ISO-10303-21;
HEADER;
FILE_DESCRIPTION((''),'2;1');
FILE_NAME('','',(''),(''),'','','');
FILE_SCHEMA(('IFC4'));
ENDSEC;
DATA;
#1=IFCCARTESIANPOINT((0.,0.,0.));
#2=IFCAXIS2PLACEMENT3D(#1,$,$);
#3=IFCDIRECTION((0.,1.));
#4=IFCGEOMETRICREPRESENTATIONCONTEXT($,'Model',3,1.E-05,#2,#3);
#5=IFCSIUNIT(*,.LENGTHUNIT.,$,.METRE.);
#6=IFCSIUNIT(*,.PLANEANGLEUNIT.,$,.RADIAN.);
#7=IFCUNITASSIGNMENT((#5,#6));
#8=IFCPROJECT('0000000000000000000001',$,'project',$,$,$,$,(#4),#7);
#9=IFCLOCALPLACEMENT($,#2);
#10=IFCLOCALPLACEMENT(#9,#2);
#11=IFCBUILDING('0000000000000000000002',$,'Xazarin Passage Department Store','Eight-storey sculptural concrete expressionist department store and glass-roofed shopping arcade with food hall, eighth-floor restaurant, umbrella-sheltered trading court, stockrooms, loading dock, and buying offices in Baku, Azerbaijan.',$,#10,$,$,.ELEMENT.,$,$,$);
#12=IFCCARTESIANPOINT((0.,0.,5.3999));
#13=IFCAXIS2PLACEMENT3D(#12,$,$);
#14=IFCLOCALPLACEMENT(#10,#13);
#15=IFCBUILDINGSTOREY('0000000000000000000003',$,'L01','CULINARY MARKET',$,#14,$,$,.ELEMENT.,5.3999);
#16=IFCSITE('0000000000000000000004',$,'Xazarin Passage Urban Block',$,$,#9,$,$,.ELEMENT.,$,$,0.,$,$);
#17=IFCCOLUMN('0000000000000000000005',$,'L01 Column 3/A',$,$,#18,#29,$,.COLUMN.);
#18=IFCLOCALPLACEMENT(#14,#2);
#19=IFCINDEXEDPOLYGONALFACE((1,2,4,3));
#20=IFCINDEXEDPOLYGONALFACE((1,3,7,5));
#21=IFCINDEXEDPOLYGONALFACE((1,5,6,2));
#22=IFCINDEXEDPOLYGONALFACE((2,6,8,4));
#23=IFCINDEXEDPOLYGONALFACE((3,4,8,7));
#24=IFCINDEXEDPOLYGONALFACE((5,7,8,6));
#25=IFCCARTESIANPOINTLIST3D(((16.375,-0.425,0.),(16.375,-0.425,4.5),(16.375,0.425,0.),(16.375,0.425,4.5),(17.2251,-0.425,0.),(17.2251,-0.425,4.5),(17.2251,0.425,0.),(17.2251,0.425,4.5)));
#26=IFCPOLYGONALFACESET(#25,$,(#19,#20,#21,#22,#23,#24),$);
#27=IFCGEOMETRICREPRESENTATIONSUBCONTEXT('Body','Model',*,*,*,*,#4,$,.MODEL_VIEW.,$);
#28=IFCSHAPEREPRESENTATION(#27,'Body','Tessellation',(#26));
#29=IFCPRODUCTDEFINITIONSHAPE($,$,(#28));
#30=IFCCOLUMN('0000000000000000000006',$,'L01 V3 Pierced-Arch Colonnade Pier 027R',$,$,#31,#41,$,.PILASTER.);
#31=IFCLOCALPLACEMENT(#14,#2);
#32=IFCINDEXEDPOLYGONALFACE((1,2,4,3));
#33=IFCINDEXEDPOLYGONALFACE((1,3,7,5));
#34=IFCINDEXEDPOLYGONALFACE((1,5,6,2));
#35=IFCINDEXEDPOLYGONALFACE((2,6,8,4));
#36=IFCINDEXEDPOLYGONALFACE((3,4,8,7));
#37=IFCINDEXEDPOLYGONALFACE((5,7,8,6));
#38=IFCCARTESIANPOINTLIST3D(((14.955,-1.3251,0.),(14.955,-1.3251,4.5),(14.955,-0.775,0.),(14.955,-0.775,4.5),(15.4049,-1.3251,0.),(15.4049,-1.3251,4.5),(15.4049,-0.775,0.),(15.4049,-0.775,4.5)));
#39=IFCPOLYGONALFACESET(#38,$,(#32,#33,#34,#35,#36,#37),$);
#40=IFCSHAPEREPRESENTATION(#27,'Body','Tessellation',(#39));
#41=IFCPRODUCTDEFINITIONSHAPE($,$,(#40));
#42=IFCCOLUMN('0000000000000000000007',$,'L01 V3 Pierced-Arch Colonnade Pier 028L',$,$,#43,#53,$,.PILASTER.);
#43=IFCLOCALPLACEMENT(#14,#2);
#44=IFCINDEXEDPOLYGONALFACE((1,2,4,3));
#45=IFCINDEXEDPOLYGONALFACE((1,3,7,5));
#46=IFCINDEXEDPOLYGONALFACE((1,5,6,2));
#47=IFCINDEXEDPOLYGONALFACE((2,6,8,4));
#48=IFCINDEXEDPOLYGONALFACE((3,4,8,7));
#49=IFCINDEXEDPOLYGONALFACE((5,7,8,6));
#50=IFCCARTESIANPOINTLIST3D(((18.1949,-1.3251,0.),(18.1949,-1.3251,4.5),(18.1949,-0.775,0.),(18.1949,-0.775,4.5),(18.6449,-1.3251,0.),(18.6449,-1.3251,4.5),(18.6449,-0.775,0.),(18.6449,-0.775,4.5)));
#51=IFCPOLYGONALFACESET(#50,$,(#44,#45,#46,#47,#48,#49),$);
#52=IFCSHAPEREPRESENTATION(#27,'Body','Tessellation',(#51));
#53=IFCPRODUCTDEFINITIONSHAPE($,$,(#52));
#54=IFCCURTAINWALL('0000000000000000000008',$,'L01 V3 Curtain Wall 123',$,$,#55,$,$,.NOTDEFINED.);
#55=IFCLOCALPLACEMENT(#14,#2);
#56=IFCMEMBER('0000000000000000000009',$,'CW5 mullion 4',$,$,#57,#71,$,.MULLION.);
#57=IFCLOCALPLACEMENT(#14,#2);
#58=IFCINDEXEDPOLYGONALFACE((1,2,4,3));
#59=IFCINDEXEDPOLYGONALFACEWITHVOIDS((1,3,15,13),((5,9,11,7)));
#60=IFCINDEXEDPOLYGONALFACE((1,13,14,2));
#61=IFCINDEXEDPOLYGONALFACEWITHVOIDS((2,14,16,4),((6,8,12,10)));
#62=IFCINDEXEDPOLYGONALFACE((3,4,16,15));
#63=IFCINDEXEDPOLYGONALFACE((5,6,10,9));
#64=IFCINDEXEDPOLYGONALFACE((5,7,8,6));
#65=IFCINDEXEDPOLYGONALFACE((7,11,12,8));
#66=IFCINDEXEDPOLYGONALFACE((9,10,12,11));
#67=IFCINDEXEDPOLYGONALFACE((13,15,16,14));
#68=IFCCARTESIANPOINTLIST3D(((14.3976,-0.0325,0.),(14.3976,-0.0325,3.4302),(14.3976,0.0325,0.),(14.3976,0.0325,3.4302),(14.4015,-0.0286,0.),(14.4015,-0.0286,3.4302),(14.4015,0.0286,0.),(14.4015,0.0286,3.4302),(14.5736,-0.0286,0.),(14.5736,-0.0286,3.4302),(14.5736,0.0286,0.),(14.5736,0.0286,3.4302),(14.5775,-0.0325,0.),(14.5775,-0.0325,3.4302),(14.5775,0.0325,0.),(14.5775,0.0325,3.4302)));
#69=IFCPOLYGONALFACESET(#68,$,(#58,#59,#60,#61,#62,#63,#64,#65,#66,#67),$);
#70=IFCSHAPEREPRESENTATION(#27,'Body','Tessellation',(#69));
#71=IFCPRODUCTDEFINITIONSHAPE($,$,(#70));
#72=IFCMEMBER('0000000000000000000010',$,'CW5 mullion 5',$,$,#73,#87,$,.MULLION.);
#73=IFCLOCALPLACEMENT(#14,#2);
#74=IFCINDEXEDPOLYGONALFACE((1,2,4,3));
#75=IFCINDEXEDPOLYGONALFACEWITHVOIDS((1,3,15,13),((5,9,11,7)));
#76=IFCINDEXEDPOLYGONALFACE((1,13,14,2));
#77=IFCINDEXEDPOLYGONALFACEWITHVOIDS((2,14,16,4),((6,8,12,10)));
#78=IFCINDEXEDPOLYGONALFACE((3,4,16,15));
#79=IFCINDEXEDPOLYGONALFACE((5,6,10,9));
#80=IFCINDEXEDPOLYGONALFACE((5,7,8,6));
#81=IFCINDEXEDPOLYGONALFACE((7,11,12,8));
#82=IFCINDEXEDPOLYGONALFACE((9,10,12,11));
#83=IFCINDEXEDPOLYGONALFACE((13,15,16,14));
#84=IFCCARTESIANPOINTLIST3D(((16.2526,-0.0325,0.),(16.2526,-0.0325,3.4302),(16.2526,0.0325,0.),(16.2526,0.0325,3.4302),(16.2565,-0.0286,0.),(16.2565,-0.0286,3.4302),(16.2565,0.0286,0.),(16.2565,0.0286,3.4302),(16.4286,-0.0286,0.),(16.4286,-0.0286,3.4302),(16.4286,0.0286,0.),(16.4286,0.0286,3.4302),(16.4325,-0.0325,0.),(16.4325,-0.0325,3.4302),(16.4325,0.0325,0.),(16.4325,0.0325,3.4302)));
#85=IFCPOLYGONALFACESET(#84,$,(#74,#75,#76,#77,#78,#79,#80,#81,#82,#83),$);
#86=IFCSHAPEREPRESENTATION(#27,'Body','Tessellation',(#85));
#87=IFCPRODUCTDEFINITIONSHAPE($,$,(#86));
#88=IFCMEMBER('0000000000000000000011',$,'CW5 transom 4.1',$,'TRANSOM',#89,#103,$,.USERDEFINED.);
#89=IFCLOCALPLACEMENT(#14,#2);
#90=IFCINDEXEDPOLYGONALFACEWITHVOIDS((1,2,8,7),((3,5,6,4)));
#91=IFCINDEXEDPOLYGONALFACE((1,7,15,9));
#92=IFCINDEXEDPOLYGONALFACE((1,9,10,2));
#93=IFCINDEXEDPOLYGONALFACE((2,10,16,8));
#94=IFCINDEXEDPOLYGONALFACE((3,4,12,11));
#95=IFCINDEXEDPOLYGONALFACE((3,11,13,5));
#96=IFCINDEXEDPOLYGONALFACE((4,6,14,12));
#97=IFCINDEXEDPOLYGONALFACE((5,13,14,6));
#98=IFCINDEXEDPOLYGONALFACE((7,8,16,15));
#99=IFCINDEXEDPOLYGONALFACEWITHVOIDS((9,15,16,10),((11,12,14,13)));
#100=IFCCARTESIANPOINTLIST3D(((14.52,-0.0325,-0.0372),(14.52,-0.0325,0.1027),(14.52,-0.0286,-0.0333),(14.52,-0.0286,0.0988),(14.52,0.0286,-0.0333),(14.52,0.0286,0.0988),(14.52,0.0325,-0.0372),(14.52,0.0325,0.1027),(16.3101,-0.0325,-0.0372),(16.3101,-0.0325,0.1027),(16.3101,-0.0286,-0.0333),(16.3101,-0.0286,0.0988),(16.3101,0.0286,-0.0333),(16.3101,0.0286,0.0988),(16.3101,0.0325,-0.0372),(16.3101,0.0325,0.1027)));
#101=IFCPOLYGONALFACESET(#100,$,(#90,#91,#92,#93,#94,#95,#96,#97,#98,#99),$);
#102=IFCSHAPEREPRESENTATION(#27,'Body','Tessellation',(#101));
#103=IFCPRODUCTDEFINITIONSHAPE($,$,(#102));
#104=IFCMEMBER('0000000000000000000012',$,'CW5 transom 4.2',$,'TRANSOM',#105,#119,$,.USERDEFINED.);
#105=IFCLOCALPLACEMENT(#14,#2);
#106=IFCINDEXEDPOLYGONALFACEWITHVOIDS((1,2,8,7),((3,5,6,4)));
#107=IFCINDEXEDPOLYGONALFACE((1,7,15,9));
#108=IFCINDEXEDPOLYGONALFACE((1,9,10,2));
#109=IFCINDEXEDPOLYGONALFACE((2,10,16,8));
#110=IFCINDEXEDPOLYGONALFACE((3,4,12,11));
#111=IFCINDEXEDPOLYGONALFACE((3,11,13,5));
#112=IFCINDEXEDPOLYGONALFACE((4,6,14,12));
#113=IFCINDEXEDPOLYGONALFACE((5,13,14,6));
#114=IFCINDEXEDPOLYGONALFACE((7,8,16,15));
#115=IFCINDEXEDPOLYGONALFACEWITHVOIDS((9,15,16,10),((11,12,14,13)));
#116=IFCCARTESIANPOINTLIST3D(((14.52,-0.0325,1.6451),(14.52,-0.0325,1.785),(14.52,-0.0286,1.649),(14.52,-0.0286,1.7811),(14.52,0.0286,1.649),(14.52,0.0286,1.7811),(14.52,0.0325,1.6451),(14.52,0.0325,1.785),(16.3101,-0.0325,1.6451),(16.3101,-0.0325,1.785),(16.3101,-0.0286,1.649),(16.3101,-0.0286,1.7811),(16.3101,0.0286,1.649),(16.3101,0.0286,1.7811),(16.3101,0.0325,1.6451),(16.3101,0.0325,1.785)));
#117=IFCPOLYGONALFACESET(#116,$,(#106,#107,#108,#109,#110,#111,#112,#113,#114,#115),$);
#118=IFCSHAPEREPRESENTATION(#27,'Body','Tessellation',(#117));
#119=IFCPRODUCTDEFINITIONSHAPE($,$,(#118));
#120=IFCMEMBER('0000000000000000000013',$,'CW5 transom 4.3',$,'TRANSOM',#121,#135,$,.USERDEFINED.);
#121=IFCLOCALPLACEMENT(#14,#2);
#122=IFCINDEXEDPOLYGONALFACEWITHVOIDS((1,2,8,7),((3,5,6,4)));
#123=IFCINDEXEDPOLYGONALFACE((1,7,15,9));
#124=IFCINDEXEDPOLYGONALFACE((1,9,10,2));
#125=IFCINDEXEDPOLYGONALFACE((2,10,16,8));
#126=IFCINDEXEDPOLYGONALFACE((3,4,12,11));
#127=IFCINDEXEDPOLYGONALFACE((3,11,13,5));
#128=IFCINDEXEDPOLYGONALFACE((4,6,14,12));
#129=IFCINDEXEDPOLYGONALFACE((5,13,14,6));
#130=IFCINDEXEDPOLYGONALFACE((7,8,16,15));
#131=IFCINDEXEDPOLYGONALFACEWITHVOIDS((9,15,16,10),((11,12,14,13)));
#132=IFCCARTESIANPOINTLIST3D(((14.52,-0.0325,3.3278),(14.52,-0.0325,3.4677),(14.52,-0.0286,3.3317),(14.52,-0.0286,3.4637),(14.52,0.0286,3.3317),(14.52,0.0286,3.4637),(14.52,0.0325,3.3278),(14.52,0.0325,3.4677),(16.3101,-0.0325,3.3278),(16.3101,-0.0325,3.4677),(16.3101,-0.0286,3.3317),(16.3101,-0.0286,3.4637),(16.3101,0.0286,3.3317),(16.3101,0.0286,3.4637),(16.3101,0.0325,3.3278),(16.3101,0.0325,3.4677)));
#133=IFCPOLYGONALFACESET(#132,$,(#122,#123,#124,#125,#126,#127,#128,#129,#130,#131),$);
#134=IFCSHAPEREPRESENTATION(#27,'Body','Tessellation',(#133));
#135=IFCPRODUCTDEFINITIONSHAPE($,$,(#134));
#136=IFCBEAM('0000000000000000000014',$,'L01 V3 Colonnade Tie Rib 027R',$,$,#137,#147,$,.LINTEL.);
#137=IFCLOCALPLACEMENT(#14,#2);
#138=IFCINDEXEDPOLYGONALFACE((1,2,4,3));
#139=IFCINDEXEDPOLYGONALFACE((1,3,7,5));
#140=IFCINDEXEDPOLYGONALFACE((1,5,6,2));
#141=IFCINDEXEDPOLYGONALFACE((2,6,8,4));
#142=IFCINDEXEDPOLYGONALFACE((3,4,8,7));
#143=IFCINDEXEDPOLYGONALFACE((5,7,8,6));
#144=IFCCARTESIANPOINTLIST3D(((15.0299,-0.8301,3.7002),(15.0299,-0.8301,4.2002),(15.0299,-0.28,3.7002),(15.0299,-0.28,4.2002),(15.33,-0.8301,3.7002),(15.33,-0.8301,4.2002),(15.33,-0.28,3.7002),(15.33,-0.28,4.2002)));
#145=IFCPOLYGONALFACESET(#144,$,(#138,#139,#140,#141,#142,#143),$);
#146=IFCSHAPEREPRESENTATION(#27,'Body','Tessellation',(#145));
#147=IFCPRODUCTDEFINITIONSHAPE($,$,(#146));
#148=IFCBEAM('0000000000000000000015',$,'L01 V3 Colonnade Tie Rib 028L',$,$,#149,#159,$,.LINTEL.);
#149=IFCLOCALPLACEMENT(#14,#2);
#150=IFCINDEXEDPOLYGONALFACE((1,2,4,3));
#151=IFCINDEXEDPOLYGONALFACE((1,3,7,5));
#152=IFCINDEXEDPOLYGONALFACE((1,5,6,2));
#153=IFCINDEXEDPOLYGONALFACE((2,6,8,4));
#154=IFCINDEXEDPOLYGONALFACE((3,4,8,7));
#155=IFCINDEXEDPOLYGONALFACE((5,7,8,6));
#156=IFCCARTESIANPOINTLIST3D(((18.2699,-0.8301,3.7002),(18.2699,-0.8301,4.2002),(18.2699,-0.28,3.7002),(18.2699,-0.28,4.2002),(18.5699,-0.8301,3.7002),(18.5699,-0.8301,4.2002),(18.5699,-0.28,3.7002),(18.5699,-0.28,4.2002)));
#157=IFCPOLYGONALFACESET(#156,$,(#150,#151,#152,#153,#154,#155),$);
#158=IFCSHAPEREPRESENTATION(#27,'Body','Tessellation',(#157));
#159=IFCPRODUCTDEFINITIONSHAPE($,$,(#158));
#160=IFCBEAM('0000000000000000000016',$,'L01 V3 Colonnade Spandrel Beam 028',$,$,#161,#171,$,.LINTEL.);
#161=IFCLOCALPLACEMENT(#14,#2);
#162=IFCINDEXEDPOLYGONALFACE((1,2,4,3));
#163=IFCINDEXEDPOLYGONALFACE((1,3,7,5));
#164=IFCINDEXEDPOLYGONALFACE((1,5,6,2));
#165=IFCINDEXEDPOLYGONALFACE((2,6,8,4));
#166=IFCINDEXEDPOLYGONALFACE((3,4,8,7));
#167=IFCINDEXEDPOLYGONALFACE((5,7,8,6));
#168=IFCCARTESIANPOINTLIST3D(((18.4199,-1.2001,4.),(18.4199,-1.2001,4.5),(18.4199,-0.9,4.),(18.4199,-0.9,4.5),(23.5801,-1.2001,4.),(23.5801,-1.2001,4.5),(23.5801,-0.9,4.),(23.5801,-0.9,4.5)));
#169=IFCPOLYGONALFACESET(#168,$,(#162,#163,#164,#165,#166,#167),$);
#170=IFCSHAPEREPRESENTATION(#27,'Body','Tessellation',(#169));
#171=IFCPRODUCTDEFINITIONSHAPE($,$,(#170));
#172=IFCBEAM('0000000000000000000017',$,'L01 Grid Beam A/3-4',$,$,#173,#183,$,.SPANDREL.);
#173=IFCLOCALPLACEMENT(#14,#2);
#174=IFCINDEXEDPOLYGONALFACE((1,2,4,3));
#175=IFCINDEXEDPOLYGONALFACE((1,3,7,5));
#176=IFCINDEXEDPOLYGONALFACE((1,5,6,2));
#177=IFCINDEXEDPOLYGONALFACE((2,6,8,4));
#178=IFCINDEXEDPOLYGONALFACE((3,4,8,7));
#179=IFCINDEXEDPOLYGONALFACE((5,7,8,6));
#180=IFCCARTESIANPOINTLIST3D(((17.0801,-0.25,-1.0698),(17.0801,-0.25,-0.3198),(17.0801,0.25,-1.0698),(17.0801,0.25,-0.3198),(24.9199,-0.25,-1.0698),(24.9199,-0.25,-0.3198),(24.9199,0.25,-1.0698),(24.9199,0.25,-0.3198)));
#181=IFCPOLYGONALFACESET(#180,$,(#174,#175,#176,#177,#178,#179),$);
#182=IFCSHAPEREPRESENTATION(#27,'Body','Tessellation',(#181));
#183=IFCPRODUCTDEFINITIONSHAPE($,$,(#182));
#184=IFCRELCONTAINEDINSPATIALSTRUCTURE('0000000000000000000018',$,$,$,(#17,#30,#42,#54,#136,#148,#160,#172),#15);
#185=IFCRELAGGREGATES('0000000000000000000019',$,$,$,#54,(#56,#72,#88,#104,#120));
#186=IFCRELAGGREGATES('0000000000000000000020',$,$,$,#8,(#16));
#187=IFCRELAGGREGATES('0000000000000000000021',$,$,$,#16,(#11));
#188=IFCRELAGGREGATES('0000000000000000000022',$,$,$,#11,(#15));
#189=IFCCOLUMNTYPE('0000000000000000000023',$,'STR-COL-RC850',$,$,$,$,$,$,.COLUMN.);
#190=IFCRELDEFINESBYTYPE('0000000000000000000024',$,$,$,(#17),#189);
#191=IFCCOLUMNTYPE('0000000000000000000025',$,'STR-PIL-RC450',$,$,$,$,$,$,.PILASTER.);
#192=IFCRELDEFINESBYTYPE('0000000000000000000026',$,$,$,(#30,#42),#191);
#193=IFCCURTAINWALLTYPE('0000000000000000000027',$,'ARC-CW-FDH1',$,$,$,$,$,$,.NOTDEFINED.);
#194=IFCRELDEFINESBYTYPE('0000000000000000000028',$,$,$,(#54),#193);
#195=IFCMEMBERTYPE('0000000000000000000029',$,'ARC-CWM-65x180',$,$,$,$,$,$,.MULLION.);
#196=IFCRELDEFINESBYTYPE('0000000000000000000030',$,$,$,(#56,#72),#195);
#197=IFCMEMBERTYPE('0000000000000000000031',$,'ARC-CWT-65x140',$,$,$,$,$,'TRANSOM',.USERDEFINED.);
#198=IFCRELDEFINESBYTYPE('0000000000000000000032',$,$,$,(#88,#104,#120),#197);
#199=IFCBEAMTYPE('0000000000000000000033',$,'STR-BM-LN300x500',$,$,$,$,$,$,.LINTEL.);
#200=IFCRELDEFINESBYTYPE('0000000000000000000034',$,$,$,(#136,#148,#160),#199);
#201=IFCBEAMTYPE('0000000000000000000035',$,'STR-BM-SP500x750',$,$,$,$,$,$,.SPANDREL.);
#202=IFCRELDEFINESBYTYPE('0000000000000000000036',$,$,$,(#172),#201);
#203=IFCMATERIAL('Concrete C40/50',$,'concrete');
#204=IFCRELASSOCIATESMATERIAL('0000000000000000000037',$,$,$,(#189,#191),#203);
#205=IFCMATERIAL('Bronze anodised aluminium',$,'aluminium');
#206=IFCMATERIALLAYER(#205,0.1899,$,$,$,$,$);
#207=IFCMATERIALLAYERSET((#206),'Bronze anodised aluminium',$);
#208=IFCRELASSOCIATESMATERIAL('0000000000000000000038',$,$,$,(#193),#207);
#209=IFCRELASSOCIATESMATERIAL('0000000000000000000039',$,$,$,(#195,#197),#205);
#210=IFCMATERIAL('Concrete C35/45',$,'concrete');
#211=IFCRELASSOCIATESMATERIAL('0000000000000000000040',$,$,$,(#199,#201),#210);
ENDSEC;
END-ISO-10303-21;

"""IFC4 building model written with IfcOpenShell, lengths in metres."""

from ifc_helpers import new_model, si_unit, direction, frame, origin, origin_2d, place, context, subcontext, project, spatial, rectangle, hollow_rectangle, extrude, material, layer, layer_set, material_profile, profile_set, type_object, element, aggregate, save


model = new_model("IFC4")

# Units and contexts
model_context = context("Model", 3, precision=1e-05, world=origin(), true_north=direction((0.0, 1.0)))
body_context = subcontext(model_context, "Body", "Model", "MODEL_VIEW")
ifc_project = project(units=[si_unit("LENGTHUNIT", "METRE"), si_unit("PLANEANGLEUNIT", "RADIAN")], contexts=[model_context])

# Site, building, storey
site_placement = place(None, origin())
site = spatial("IfcSite", under=ifc_project, at=site_placement, Name="Xazarin Passage Urban Block", CompositionType="ELEMENT", RefElevation=0.0)
building_placement = place(site_placement, origin())
building = spatial("IfcBuilding", under=site, at=building_placement, Name="Xazarin Passage Department Store", Description="Eight-storey sculptural concrete expressionist department store and glass-roofed shopping arcade with food hall, eighth-floor restaurant, umbrella-sheltered trading court, stockrooms, loading dock, and buying offices in Baku, Azerbaijan.", CompositionType="ELEMENT")
storey_placement = place(building_placement, frame((0.0, 0.0, 5.3999)))
storey = spatial("IfcBuildingStorey", under=building, at=storey_placement, Name="L01", Description="CULINARY MARKET", CompositionType="ELEMENT", Elevation=5.3999)

# Columns
ifc_material_1 = material(Name="Concrete C40/50", Category="concrete")
ifc_material_profile_1 = material_profile(ifc_material_1, rectangle(XDim=0.8501, YDim=0.8501, at=origin_2d()), Name="RC 850x850")
ifc_profile_set_1 = profile_set([ifc_material_profile_1], Name="Concrete C40/50")
column_type_1 = type_object("IfcColumnType", Name="STR-COL-RC850", PredefinedType="COLUMN", material=ifc_profile_set_1)
column_placement = place(storey_placement, frame((16.8, 0.0, 0.0), z_axis=(0.0, 0.0, 1.0), x_axis=(1.0, 0.0, 0.0)))
element("IfcColumn", 1, at=column_placement, inside=storey, type_object=column_type_1, Name="L01 Column 3/A", PredefinedType="COLUMN", context=body_context, shape_type="SweptSolid", body=[
    extrude(rectangle(XDim=0.8501, YDim=0.8501, at=origin_2d()), origin(), (0.0, 0.0, 1.0), 4.5),
])
ifc_material_profile_2 = material_profile(ifc_material_1, rectangle(XDim=0.45, YDim=0.55, at=origin_2d()), Name="RC 450x550")
ifc_profile_set_2 = profile_set([ifc_material_profile_2], Name="Concrete C40/50")
column_type_2 = type_object("IfcColumnType", Name="STR-PIL-RC450", PredefinedType="PILASTER", material=ifc_profile_set_2)
for number, where, z_axis, x_axis, name in (
    (2, (15.1799, -1.05, 0.0), (0.0, 0.0, 1.0), (1.0, 0.0, 0.0), "L01 V3 Pierced-Arch Colonnade Pier 027R"),
    (3, (18.4199, -1.05, 0.0), (0.0, 0.0, 1.0), (1.0, 0.0, 0.0), "L01 V3 Pierced-Arch Colonnade Pier 028L"),
):
    element("IfcColumn", number, at=place(storey_placement, frame(where, z_axis=z_axis, x_axis=x_axis)), inside=storey, type_object=column_type_2, Name=name, PredefinedType="PILASTER", context=body_context, shape_type="SweptSolid", body=[
        extrude(rectangle(XDim=0.45, YDim=0.55, at=origin_2d()), origin(), (0.0, 0.0, 1.0), 4.5),
    ])

# Curtain wall, members
ifc_material_2 = material(Name="Bronze anodised aluminium", Category="aluminium")
ifc_layer_1 = layer(ifc_material_2, 0.1899)
ifc_layer_set_1 = layer_set([ifc_layer_1], Name="Bronze anodised aluminium")
curtain_wall_type = type_object("IfcCurtainWallType", Name="ARC-CW-FDH1", PredefinedType="NOTDEFINED", material=ifc_layer_set_1)
curtain_wall_placement = place(storey_placement, origin())
curtain_wall = element("IfcCurtainWall", 4, at=curtain_wall_placement, inside=storey, type_object=curtain_wall_type, Name="L01 V3 Curtain Wall 123", PredefinedType="NOTDEFINED")
ifc_material_profile_3 = material_profile(ifc_material_2, hollow_rectangle(XDim=0.0649, YDim=0.1799, WallThickness=0.0039, at=origin_2d()), Name="ALU 65x180")
ifc_profile_set_3 = profile_set([ifc_material_profile_3], Name="Bronze anodised aluminium")
member_type_1 = type_object("IfcMemberType", Name="ARC-CWM-65x180", PredefinedType="MULLION", material=ifc_profile_set_3)
member_1_placement = place(storey_placement, frame((14.4875, 0.0, 0.0), z_axis=(0.0, 0.0, 1.0), x_axis=(0.0, 1.0, 0.0)))
member_1 = element("IfcMember", 5, at=member_1_placement, type_object=member_type_1, Name="CW5 mullion 4", PredefinedType="MULLION", context=body_context, shape_type="SweptSolid", body=[
    extrude(hollow_rectangle(XDim=0.0649, YDim=0.1799, WallThickness=0.0039, at=origin_2d()), origin(), (0.0, 0.0, 1.0), 3.4302),
])
member_2_placement = place(storey_placement, frame((16.3425, 0.0, 0.0), z_axis=(0.0, 0.0, 1.0), x_axis=(0.0, 1.0, 0.0)))
member_2 = element("IfcMember", 6, at=member_2_placement, type_object=member_type_1, Name="CW5 mullion 5", PredefinedType="MULLION", context=body_context, shape_type="SweptSolid", body=[
    extrude(hollow_rectangle(XDim=0.0649, YDim=0.1799, WallThickness=0.0039, at=origin_2d()), origin(), (0.0, 0.0, 1.0), 3.4302),
])
ifc_material_profile_4 = material_profile(ifc_material_2, hollow_rectangle(XDim=0.0649, YDim=0.1399, WallThickness=0.0039, at=origin_2d()), Name="ALU 65x140")
ifc_profile_set_4 = profile_set([ifc_material_profile_4], Name="Bronze anodised aluminium")
member_type_2 = type_object("IfcMemberType", Name="ARC-CWT-65x140", ElementType="TRANSOM", PredefinedType="USERDEFINED", material=ifc_profile_set_4)
member_3_placement = place(storey_placement, frame((14.52, 0.0, 0.0327), z_axis=(1.0, 0.0, 0.0), x_axis=(0.0, 1.0, 0.0)))
member_3 = element("IfcMember", 7, at=member_3_placement, type_object=member_type_2, Name="CW5 transom 4.1", ObjectType="TRANSOM", PredefinedType="USERDEFINED", context=body_context, shape_type="SweptSolid", body=[
    extrude(hollow_rectangle(XDim=0.0649, YDim=0.1399, WallThickness=0.0039, at=origin_2d()), origin(), (0.0, 0.0, 1.0), 1.79),
])
member_4_placement = place(storey_placement, frame((14.52, 0.0, 1.7151), z_axis=(1.0, 0.0, 0.0), x_axis=(0.0, 1.0, 0.0)))
member_4 = element("IfcMember", 8, at=member_4_placement, type_object=member_type_2, Name="CW5 transom 4.2", ObjectType="TRANSOM", PredefinedType="USERDEFINED", context=body_context, shape_type="SweptSolid", body=[
    extrude(hollow_rectangle(XDim=0.0649, YDim=0.1399, WallThickness=0.0039, at=origin_2d()), origin(), (0.0, 0.0, 1.0), 1.79),
])
member_5_placement = place(storey_placement, frame((14.52, 0.0, 3.3977), z_axis=(1.0, 0.0, 0.0), x_axis=(0.0, 1.0, 0.0)))
member_5 = element("IfcMember", 9, at=member_5_placement, type_object=member_type_2, Name="CW5 transom 4.3", ObjectType="TRANSOM", PredefinedType="USERDEFINED", context=body_context, shape_type="SweptSolid", body=[
    extrude(hollow_rectangle(XDim=0.0649, YDim=0.1399, WallThickness=0.0039, at=origin_2d()), origin(), (0.0, 0.0, 1.0), 1.79),
])

# Beams
ifc_material_3 = material(Name="Concrete C35/45", Category="concrete")
ifc_material_profile_5 = material_profile(ifc_material_3, rectangle(XDim=0.3, YDim=0.5, at=origin_2d()), Name="RC 300x500")
ifc_profile_set_5 = profile_set([ifc_material_profile_5], Name="Concrete C35/45")
beam_type_1 = type_object("IfcBeamType", Name="STR-BM-LN300x500", PredefinedType="LINTEL", material=ifc_profile_set_5)
for number, where, z_axis, x_axis, name in (
    (10, (15.1799, -0.28, 3.9502), (0.0, -1.0, 0.0), (1.0, 0.0, 0.0), "L01 V3 Colonnade Tie Rib 027R"),
    (11, (18.4199, -0.28, 3.9502), (0.0, -1.0, 0.0), (1.0, 0.0, 0.0), "L01 V3 Colonnade Tie Rib 028L"),
):
    element("IfcBeam", number, at=place(storey_placement, frame(where, z_axis=z_axis, x_axis=x_axis)), inside=storey, type_object=beam_type_1, Name=name, PredefinedType="LINTEL", context=body_context, shape_type="SweptSolid", body=[
        extrude(rectangle(XDim=0.3, YDim=0.5, at=origin_2d()), origin(), (0.0, 0.0, 1.0), 0.55),
    ])
beam_1_placement = place(storey_placement, frame((18.4199, -1.05, 4.25), z_axis=(1.0, 0.0, 0.0), x_axis=(0.0, 1.0, 0.0)))
element("IfcBeam", 12, at=beam_1_placement, inside=storey, type_object=beam_type_1, Name="L01 V3 Colonnade Spandrel Beam 028", PredefinedType="LINTEL", context=body_context, shape_type="SweptSolid", body=[
    extrude(rectangle(XDim=0.3, YDim=0.5, at=origin_2d()), origin(), (0.0, 0.0, 1.0), 5.1602),
])
ifc_material_profile_6 = material_profile(ifc_material_3, rectangle(XDim=0.5, YDim=0.75, at=origin_2d()), Name="RC 500x750")
ifc_profile_set_6 = profile_set([ifc_material_profile_6], Name="Concrete C35/45")
beam_type_2 = type_object("IfcBeamType", Name="STR-BM-SP500x750", PredefinedType="SPANDREL", material=ifc_profile_set_6)
beam_2_placement = place(storey_placement, frame((17.0801, 0.0, -0.6948), z_axis=(1.0, 0.0, 0.0), x_axis=(0.0, 1.0, 0.0)))
element("IfcBeam", 13, at=beam_2_placement, inside=storey, type_object=beam_type_2, Name="L01 Grid Beam A/3-4", PredefinedType="SPANDREL", context=body_context, shape_type="SweptSolid", body=[
    extrude(rectangle(XDim=0.5, YDim=0.75, at=origin_2d()), origin(), (0.0, 0.0, 1.0), 7.8398),
])

aggregate(curtain_wall, [member_1, member_2, member_3, member_4, member_5])

save(model, "model.ifc")
